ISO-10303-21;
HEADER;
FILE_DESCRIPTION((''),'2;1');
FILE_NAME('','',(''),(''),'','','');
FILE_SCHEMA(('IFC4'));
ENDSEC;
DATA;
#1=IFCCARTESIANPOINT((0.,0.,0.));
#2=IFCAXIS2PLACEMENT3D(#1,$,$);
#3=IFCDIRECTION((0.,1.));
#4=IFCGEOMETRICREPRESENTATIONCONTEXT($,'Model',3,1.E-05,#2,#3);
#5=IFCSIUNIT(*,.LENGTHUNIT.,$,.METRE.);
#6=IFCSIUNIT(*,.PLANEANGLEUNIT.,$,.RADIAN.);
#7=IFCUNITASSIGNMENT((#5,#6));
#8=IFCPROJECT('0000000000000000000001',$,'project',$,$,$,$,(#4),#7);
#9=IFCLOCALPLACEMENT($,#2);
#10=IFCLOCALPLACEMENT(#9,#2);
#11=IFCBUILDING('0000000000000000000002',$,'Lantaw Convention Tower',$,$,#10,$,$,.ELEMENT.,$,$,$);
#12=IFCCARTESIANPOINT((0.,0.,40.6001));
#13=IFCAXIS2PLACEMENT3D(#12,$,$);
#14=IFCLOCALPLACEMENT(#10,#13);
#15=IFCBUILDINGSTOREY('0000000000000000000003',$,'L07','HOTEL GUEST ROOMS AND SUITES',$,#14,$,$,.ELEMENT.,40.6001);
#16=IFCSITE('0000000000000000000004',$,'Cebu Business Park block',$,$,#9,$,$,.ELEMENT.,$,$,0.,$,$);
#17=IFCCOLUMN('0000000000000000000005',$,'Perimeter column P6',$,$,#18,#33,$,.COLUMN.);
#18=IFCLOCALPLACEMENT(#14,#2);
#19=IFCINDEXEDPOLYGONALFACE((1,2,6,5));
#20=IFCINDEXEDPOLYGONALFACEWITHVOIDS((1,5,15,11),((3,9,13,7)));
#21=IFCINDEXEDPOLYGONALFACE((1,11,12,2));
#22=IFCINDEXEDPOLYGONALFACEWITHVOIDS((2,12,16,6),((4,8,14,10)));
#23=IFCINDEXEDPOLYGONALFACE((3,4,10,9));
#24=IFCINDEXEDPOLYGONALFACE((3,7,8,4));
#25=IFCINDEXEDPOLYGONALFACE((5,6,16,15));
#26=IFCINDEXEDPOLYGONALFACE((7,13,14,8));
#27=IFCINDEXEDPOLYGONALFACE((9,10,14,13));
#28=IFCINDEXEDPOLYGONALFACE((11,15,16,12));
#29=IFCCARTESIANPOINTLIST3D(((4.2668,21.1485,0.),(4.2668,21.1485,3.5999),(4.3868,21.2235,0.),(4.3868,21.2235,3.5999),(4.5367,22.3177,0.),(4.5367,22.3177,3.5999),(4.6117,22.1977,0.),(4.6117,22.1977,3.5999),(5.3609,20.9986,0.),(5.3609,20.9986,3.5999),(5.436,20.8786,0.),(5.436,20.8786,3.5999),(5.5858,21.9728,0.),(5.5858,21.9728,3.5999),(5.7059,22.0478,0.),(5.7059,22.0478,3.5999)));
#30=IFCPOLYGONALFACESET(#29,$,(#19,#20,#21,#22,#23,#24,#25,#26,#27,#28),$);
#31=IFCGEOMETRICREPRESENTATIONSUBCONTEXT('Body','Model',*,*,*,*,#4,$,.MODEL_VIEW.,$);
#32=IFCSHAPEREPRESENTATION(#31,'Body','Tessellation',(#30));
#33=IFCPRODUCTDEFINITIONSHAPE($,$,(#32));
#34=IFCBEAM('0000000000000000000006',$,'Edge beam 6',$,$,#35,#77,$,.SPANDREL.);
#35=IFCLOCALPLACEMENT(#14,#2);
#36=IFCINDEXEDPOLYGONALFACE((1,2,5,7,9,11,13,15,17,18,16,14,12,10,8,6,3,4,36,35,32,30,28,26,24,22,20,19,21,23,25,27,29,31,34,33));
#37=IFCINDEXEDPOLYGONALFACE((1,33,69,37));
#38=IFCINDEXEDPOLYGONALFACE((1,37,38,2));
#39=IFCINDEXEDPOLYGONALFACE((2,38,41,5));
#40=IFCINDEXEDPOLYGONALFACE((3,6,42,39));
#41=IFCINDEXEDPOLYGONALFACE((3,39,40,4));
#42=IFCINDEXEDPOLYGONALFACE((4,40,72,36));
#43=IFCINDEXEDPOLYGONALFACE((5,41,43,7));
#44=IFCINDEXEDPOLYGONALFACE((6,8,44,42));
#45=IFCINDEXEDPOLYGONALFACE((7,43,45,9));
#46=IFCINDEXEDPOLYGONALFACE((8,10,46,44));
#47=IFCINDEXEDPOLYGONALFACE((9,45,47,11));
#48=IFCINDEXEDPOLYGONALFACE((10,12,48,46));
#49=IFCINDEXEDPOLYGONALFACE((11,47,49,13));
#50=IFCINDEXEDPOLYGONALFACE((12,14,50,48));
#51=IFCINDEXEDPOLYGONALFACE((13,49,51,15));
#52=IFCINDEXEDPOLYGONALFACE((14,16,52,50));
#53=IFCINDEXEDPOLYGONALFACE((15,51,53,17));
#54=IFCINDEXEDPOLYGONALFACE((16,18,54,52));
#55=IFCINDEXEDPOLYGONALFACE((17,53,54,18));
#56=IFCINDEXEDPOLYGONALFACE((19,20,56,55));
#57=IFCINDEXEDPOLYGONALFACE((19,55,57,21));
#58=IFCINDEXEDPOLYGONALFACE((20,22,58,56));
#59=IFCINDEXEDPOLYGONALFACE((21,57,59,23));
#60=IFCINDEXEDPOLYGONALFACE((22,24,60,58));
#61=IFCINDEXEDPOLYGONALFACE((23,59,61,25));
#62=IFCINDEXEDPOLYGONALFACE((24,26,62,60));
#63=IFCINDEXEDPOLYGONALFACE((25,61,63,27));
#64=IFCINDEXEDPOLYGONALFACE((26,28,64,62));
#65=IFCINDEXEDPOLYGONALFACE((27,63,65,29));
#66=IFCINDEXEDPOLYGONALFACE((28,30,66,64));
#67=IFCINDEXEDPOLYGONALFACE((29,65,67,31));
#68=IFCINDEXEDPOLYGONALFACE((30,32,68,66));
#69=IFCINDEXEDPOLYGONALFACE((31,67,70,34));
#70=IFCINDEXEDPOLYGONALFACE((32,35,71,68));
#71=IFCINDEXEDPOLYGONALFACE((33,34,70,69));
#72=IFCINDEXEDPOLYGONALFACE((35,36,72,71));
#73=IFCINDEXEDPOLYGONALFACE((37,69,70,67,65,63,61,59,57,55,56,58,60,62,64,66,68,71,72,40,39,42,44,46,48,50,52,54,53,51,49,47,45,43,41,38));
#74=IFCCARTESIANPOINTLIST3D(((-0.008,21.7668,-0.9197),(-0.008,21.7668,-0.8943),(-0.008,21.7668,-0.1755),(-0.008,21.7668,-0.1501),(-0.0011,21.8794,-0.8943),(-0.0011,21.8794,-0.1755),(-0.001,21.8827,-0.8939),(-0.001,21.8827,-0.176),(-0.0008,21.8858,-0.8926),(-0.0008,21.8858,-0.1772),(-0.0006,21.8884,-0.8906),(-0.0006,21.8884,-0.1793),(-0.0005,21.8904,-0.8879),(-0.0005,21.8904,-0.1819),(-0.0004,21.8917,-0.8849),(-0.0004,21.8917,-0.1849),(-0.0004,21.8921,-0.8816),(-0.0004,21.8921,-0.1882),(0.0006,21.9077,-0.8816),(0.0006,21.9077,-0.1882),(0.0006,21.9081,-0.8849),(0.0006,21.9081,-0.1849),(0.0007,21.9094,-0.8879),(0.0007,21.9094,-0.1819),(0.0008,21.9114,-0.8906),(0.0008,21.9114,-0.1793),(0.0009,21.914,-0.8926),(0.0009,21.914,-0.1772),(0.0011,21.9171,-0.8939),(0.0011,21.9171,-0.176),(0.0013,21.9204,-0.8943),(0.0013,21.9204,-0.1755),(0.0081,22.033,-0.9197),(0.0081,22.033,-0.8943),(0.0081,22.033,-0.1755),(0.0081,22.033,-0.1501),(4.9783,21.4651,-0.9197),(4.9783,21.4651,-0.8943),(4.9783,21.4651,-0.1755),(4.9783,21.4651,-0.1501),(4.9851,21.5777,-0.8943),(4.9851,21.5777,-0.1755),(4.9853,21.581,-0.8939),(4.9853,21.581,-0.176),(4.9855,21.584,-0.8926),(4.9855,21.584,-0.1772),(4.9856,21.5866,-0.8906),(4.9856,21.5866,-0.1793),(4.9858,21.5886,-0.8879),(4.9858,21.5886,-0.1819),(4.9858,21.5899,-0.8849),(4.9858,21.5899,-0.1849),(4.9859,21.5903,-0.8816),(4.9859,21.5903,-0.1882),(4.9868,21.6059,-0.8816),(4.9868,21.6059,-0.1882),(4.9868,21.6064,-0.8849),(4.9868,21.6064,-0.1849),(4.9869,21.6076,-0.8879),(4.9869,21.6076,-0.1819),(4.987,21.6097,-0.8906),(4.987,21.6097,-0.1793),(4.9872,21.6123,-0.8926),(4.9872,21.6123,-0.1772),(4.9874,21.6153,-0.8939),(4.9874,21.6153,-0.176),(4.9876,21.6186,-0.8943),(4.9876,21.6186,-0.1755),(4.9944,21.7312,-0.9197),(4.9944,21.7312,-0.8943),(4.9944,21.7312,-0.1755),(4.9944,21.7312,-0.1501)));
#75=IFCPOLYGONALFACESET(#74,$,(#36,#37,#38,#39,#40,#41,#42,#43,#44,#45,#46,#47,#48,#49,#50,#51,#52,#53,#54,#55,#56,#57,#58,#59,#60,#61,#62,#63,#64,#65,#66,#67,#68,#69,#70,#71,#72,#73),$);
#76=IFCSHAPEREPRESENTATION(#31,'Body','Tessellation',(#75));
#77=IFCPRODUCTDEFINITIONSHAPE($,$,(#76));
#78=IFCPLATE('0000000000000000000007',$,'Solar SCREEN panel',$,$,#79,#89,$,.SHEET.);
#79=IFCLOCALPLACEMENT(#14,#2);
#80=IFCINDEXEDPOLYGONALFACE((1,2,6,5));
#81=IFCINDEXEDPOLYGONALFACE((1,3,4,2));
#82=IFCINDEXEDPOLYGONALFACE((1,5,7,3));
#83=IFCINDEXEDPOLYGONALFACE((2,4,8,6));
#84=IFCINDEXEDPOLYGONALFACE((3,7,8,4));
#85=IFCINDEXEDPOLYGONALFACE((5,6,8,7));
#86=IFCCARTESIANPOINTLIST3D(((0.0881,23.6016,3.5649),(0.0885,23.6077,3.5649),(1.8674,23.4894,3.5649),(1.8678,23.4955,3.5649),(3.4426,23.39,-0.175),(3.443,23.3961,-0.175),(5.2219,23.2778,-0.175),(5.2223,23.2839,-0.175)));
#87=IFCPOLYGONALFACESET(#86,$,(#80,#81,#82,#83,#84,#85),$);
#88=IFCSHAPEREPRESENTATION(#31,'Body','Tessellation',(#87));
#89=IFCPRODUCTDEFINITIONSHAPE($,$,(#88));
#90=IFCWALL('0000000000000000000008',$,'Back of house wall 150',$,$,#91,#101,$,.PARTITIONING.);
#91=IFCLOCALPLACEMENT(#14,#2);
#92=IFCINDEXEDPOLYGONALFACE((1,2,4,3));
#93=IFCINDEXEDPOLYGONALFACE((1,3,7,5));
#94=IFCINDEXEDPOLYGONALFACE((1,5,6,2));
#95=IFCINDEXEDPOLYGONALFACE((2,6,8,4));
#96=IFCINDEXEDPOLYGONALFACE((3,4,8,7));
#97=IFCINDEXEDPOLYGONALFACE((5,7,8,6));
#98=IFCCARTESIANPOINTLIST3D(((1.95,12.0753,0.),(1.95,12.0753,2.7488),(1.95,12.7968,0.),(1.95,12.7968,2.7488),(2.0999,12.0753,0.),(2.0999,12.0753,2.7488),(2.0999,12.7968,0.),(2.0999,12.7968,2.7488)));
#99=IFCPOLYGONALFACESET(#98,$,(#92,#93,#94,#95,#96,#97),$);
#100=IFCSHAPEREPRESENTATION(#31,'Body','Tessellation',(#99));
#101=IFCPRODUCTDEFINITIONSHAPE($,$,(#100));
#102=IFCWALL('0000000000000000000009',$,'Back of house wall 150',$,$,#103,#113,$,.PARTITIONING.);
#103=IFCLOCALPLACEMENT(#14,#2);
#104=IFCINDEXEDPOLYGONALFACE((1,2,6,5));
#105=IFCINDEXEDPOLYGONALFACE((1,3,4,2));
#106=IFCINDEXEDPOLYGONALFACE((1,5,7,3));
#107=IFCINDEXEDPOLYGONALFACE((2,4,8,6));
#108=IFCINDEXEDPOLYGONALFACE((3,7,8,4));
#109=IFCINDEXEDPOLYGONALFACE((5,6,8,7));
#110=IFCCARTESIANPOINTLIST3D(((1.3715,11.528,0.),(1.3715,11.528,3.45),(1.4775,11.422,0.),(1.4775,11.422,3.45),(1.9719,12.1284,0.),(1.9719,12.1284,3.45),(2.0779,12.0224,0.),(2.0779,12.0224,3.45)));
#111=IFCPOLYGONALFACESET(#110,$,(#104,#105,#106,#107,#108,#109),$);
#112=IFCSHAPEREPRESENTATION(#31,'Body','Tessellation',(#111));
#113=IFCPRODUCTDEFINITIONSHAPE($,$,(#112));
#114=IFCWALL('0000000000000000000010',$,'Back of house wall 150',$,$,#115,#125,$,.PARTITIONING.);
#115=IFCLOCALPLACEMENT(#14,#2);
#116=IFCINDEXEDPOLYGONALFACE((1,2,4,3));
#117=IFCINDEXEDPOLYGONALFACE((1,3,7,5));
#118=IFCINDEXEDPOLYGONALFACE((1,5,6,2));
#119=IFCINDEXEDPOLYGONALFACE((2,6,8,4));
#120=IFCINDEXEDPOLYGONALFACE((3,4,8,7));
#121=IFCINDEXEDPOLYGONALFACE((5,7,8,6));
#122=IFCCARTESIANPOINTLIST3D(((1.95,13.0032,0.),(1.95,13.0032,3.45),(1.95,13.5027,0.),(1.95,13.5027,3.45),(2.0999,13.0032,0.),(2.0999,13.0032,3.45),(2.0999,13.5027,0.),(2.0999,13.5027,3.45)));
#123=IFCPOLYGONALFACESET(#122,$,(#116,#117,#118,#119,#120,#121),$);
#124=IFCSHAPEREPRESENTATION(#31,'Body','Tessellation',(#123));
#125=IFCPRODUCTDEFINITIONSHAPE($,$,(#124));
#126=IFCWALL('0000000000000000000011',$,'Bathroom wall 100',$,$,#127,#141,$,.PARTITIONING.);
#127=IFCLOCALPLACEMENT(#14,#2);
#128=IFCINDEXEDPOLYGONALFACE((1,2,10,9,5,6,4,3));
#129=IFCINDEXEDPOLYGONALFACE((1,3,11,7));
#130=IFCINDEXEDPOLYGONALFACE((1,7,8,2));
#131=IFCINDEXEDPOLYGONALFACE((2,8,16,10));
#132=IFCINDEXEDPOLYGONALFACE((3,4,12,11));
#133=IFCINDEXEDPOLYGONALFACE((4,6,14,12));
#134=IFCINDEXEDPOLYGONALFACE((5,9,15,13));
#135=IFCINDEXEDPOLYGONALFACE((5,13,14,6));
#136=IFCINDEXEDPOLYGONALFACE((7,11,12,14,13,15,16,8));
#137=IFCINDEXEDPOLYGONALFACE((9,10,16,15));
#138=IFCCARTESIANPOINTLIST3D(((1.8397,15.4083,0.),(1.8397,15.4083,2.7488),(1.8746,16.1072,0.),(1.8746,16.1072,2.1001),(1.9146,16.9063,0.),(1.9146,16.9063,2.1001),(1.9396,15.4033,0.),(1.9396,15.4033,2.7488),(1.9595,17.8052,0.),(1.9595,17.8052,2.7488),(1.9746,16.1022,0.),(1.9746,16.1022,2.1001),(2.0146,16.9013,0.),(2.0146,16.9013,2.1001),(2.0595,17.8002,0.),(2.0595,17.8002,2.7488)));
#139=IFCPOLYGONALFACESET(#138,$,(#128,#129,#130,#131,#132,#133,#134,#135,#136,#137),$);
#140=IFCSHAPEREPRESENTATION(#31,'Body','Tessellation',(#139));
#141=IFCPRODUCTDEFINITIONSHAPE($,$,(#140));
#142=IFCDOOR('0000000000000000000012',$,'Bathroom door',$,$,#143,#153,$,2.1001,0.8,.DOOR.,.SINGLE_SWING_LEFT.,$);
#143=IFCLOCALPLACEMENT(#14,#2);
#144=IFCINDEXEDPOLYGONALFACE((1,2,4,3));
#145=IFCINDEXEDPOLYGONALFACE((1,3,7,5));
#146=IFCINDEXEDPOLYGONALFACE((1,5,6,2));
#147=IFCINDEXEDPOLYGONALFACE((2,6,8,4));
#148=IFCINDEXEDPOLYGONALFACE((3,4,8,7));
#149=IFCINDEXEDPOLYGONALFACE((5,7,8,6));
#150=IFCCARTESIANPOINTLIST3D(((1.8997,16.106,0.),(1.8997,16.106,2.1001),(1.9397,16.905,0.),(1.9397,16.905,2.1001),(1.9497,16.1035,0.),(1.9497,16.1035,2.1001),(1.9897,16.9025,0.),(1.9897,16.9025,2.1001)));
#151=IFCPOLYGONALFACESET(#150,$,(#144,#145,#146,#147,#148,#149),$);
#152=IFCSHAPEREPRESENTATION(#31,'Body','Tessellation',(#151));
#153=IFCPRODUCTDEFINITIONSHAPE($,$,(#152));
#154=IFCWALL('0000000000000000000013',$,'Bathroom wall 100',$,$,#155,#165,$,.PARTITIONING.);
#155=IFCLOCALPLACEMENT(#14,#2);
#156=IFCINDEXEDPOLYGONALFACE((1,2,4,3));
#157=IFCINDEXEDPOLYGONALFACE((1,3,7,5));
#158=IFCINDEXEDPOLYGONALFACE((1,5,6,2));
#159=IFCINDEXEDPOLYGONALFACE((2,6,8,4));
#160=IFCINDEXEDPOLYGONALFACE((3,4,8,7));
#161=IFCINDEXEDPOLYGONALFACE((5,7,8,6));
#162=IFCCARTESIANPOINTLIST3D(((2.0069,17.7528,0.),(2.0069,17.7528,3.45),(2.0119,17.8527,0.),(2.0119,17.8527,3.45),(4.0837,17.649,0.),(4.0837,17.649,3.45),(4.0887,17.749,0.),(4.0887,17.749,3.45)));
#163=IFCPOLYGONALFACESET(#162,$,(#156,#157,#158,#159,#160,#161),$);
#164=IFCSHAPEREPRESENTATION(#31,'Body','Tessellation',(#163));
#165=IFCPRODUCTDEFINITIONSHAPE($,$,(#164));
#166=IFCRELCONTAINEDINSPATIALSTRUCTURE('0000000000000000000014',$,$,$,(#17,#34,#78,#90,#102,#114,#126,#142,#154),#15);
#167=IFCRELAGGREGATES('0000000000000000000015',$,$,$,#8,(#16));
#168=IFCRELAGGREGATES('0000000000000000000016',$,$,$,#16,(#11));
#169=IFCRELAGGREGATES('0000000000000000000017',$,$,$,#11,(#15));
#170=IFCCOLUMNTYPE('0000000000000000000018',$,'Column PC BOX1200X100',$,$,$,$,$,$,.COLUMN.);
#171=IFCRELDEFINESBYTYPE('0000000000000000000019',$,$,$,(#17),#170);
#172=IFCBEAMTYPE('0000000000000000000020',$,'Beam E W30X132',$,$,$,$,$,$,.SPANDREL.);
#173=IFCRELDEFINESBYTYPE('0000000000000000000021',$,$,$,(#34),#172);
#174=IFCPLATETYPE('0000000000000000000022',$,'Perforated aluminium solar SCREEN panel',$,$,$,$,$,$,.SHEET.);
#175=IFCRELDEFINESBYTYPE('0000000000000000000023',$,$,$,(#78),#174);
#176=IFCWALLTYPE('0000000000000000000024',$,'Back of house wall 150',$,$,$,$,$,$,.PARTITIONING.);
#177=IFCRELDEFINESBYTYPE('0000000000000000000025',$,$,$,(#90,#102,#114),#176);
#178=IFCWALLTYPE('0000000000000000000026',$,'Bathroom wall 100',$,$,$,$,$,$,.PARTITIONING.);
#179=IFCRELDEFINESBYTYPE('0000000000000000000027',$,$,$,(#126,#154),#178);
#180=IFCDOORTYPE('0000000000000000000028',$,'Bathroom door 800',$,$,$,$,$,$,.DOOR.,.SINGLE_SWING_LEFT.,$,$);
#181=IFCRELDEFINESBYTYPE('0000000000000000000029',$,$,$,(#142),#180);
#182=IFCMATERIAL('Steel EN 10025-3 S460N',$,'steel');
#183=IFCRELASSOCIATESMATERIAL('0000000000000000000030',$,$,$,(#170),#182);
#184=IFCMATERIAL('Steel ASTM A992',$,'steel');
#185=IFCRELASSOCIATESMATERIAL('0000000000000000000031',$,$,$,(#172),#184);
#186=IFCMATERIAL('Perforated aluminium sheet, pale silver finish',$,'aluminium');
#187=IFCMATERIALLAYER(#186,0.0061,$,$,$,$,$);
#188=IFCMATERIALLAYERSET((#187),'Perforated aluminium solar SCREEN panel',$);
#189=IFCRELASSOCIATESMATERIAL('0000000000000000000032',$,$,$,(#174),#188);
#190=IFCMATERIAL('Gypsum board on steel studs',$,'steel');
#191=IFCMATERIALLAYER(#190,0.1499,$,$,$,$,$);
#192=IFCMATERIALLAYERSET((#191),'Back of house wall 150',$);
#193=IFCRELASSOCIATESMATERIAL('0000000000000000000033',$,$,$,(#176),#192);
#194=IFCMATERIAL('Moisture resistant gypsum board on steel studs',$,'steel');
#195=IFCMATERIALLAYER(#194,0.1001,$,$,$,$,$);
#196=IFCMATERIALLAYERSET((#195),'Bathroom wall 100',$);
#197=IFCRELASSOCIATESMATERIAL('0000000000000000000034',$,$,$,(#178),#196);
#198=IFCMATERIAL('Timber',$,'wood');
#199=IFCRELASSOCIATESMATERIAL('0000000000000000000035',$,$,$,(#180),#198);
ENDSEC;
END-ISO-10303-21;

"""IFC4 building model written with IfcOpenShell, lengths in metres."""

from ifc_helpers import new_model, si_unit, direction, frame, frame_2d, origin, origin_2d, place, context, subcontext, project, spatial, polyline, rectangle, hollow_rectangle, i_section, outline, extrude, material, layer, layer_set, material_profile, profile_set, type_object, element, fill, save


model = new_model("IFC4")

# Units and contexts
model_context = context("Model", 3, precision=1e-05, world=origin(), true_north=direction((0.0, 1.0)))
body_context = subcontext(model_context, "Body", "Model", "MODEL_VIEW")
ifc_project = project(units=[si_unit("LENGTHUNIT", "METRE"), si_unit("PLANEANGLEUNIT", "RADIAN")], contexts=[model_context])

# Site, building, storey
site_placement = place(None, origin())
site = spatial("IfcSite", under=ifc_project, at=site_placement, Name="Cebu Business Park block", CompositionType="ELEMENT", RefElevation=0.0)
building_placement = place(site_placement, origin())
building = spatial("IfcBuilding", under=site, at=building_placement, Name="Lantaw Convention Tower", CompositionType="ELEMENT")
storey_placement = place(building_placement, frame((0.0, 0.0, 40.6001)))
storey = spatial("IfcBuildingStorey", under=building, at=storey_placement, Name="L07", Description="HOTEL GUEST ROOMS AND SUITES", CompositionType="ELEMENT", Elevation=40.6001)

# Column
ifc_material_1 = material(Name="Steel EN 10025-3 S460N", Category="steel")
ifc_material_profile_1 = material_profile(ifc_material_1, hollow_rectangle(XDim=1.2, YDim=1.2, WallThickness=0.1001, at=origin_2d()), Name="BOX1200X100")
ifc_material_2 = material(Name="Concrete C60/75", Category="concrete")
ifc_material_profile_2 = material_profile(ifc_material_2, rectangle(XDim=1.0, YDim=1.0, at=origin_2d()), Name="Concrete fill of BOX1200X100")
ifc_profile_set_1 = profile_set([ifc_material_profile_1, ifc_material_profile_2], Name="Steel EN 10025-3 S460N")
column_type = type_object("IfcColumnType", Name="Column PC BOX1200X100", PredefinedType="COLUMN", material=ifc_profile_set_1)
column_placement = place(storey_placement, frame((4.9863, 21.5981, 0.0), z_axis=(0.0, 0.0, 1.0), x_axis=(0.224951, 0.97437, 0.0)))
element("IfcColumn", 1, at=column_placement, inside=storey, type_object=column_type, Name="Perimeter column P6", PredefinedType="COLUMN", context=body_context, shape_type="SweptSolid", body=[
    extrude(hollow_rectangle(XDim=1.2, YDim=1.2, WallThickness=0.1001, at=origin_2d()), origin(), (0.0, 0.0, 1.0), 3.5999),
])

# Beam
ifc_material_3 = material(Name="Steel ASTM A992", Category="steel")
ifc_material_profile_3 = material_profile(ifc_material_3, i_section(OverallWidth=0.2666, OverallDepth=0.7695, WebThickness=0.0156, FlangeThickness=0.0254, FilletRadius=0.0127, at=origin_2d()), Name="W30X132")
ifc_profile_set_2 = profile_set([ifc_material_profile_3], Name="Steel ASTM A992")
beam_type = type_object("IfcBeamType", Name="Beam E W30X132", PredefinedType="SPANDREL", material=ifc_profile_set_2)
beam_placement = place(storey_placement, frame((4.9863, 21.5981, -0.5349), z_axis=(-0.998174, 0.060407, 0.0), x_axis=(-0.060407, -0.998174, 0.0)))
element("IfcBeam", 2, at=beam_placement, inside=storey, type_object=beam_type, Name="Edge beam 6", PredefinedType="SPANDREL", context=body_context, shape_type="SweptSolid", body=[
    extrude(i_section(OverallWidth=0.2666, OverallDepth=0.7695, WebThickness=0.0156, FlangeThickness=0.0254, FilletRadius=0.0127, at=origin_2d()), origin(), (0.0, 0.0, 1.0), 4.9954),
])

# Plate
ifc_material_4 = material(Name="Perforated aluminium sheet, pale silver finish", Category="aluminium")
ifc_layer_1 = layer(ifc_material_4, 0.0061)
ifc_layer_set_1 = layer_set([ifc_layer_1], Name="Perforated aluminium solar SCREEN panel")
plate_type = type_object("IfcPlateType", Name="Perforated aluminium solar SCREEN panel", PredefinedType="SHEET", material=ifc_layer_set_1)
plate_placement = place(storey_placement, frame((5.2219, 23.2778, -0.175), z_axis=(-0.062924, -0.998018, 0.000014), x_axis=(-0.998018, 0.062924, 0.0)))
element("IfcPlate", 3, at=plate_placement, inside=storey, type_object=plate_type, Name="Solar SCREEN panel", PredefinedType="SHEET", context=body_context, shape_type="SweptSolid", body=[
    extrude(outline(polyline([(0.0, 0.0), (1.7828, 0.0), (5.144, -3.74), (3.3612, -3.74), (0.0, 0.0)])), origin(), (0.0, 0.0, -1.0), 0.0061),
])

# Walls
ifc_material_5 = material(Name="Gypsum board on steel studs", Category="steel")
ifc_layer_2 = layer(ifc_material_5, 0.1499)
ifc_layer_set_2 = layer_set([ifc_layer_2], Name="Back of house wall 150")
wall_type_1 = type_object("IfcWallType", Name="Back of house wall 150", PredefinedType="PARTITIONING", material=ifc_layer_set_2)
wall_1_placement = place(storey_placement, frame((2.0249, 12.7969, 0.0), z_axis=(0.0, 0.0, 1.0), x_axis=(0.0, -1.0, 0.0)))
element("IfcWall", 4, at=wall_1_placement, inside=storey, type_object=wall_type_1, Name="Back of house wall 150", PredefinedType="PARTITIONING", context=body_context, shape_type="SweptSolid", body=[
    extrude(rectangle(XDim=0.7214, YDim=0.1499, at=frame_2d((0.3608, 0.0))), origin(), (0.0, 0.0, 1.0), 2.7488),
])
wall_2_placement = place(storey_placement, frame((2.0249, 12.0754, 0.0), z_axis=(0.0, 0.0, 1.0), x_axis=(-0.707107, -0.707107, 0.0)))
element("IfcWall", 5, at=wall_2_placement, inside=storey, type_object=wall_type_1, Name="Back of house wall 150", PredefinedType="PARTITIONING", context=body_context, shape_type="SweptSolid", body=[
    extrude(rectangle(XDim=0.8491, YDim=0.1499, at=frame_2d((0.4246, 0.0))), origin(), (0.0, 0.0, 1.0), 3.45),
])
wall_3_placement = place(storey_placement, frame((2.0249, 13.5027, 0.0), z_axis=(0.0, 0.0, 1.0), x_axis=(0.0, -1.0, 0.0)))
element("IfcWall", 6, at=wall_3_placement, inside=storey, type_object=wall_type_1, Name="Back of house wall 150", PredefinedType="PARTITIONING", context=body_context, shape_type="SweptSolid", body=[
    extrude(rectangle(XDim=0.4995, YDim=0.1499, at=frame_2d((0.2498, 0.0))), origin(), (0.0, 0.0, 1.0), 3.45),
])

# Wall, opening, door
ifc_material_6 = material(Name="Moisture resistant gypsum board on steel studs", Category="steel")
ifc_layer_3 = layer(ifc_material_6, 0.1001)
ifc_layer_set_3 = layer_set([ifc_layer_3], Name="Bathroom wall 100")
wall_type_2 = type_object("IfcWallType", Name="Bathroom wall 100", PredefinedType="PARTITIONING", material=ifc_layer_set_3)
wall_4_placement = place(storey_placement, frame((1.8896, 15.4058, 0.0), z_axis=(0.0, 0.0, 1.0), x_axis=(0.049948, 0.998752, 0.0)))
wall_4 = element("IfcWall", 7, at=wall_4_placement, inside=storey, type_object=wall_type_2, Name="Bathroom wall 100", PredefinedType="PARTITIONING", context=body_context, shape_type="SweptSolid", body=[
    extrude(rectangle(XDim=2.3999, YDim=0.1001, at=frame_2d((1.2, 0.0))), origin(), (0.0, 0.0, 1.0), 2.7488),
])
opening_1_placement = place(wall_4_placement, frame((0.7, 0.0, 0.0)))
opening_1 = element("IfcOpeningElement", 8, at=opening_1_placement, cuts=wall_4, PredefinedType="OPENING", context=body_context, shape_type="SweptSolid", body=[
    extrude(rectangle(XDim=0.8, YDim=2.1001, at=frame_2d((0.3999, 1.05))), frame((0.0, 0.0601, 0.0), z_axis=(0.0, -1.0, 0.0), x_axis=(1.0, 0.0, 0.0)), (0.0, 0.0, 1.0), 0.1201),
])
ifc_material_7 = material(Name="Timber", Category="wood")
door_type_1 = type_object("IfcDoorType", Name="Bathroom door 800", OperationType="SINGLE_SWING_LEFT", PredefinedType="DOOR", material=ifc_material_7)
door_1_placement = place(opening_1_placement, origin())
door_1 = element("IfcDoor", 9, at=door_1_placement, inside=storey, type_object=door_type_1, Name="Bathroom door", OperationType="SINGLE_SWING_LEFT", OverallHeight=2.1001, OverallWidth=0.8, PredefinedType="DOOR", context=body_context, shape_type="SweptSolid", body=[
    extrude(rectangle(XDim=0.8, YDim=2.1001, at=frame_2d((0.3999, 1.05))), frame((0.0, 0.0249, 0.0), z_axis=(0.0, -1.0, 0.0), x_axis=(1.0, 0.0, 0.0)), (0.0, 0.0, 1.0), 0.05),
])
fill(opening_1, door_1)

# Wall
wall_5_placement = place(storey_placement, frame((2.0095, 17.8027, 0.0), z_axis=(0.0, 0.0, 1.0), x_axis=(0.998754, -0.049902, 0.0)))
element("IfcWall", 10, at=wall_5_placement, inside=storey, type_object=wall_type_2, Name="Bathroom wall 100", PredefinedType="PARTITIONING", context=body_context, shape_type="SweptSolid", body=[
    extrude(rectangle(XDim=2.0793, YDim=0.1001, at=frame_2d((1.0396, 0.0))), origin(), (0.0, 0.0, 1.0), 3.45),
])

save(model, "model.ifc")
